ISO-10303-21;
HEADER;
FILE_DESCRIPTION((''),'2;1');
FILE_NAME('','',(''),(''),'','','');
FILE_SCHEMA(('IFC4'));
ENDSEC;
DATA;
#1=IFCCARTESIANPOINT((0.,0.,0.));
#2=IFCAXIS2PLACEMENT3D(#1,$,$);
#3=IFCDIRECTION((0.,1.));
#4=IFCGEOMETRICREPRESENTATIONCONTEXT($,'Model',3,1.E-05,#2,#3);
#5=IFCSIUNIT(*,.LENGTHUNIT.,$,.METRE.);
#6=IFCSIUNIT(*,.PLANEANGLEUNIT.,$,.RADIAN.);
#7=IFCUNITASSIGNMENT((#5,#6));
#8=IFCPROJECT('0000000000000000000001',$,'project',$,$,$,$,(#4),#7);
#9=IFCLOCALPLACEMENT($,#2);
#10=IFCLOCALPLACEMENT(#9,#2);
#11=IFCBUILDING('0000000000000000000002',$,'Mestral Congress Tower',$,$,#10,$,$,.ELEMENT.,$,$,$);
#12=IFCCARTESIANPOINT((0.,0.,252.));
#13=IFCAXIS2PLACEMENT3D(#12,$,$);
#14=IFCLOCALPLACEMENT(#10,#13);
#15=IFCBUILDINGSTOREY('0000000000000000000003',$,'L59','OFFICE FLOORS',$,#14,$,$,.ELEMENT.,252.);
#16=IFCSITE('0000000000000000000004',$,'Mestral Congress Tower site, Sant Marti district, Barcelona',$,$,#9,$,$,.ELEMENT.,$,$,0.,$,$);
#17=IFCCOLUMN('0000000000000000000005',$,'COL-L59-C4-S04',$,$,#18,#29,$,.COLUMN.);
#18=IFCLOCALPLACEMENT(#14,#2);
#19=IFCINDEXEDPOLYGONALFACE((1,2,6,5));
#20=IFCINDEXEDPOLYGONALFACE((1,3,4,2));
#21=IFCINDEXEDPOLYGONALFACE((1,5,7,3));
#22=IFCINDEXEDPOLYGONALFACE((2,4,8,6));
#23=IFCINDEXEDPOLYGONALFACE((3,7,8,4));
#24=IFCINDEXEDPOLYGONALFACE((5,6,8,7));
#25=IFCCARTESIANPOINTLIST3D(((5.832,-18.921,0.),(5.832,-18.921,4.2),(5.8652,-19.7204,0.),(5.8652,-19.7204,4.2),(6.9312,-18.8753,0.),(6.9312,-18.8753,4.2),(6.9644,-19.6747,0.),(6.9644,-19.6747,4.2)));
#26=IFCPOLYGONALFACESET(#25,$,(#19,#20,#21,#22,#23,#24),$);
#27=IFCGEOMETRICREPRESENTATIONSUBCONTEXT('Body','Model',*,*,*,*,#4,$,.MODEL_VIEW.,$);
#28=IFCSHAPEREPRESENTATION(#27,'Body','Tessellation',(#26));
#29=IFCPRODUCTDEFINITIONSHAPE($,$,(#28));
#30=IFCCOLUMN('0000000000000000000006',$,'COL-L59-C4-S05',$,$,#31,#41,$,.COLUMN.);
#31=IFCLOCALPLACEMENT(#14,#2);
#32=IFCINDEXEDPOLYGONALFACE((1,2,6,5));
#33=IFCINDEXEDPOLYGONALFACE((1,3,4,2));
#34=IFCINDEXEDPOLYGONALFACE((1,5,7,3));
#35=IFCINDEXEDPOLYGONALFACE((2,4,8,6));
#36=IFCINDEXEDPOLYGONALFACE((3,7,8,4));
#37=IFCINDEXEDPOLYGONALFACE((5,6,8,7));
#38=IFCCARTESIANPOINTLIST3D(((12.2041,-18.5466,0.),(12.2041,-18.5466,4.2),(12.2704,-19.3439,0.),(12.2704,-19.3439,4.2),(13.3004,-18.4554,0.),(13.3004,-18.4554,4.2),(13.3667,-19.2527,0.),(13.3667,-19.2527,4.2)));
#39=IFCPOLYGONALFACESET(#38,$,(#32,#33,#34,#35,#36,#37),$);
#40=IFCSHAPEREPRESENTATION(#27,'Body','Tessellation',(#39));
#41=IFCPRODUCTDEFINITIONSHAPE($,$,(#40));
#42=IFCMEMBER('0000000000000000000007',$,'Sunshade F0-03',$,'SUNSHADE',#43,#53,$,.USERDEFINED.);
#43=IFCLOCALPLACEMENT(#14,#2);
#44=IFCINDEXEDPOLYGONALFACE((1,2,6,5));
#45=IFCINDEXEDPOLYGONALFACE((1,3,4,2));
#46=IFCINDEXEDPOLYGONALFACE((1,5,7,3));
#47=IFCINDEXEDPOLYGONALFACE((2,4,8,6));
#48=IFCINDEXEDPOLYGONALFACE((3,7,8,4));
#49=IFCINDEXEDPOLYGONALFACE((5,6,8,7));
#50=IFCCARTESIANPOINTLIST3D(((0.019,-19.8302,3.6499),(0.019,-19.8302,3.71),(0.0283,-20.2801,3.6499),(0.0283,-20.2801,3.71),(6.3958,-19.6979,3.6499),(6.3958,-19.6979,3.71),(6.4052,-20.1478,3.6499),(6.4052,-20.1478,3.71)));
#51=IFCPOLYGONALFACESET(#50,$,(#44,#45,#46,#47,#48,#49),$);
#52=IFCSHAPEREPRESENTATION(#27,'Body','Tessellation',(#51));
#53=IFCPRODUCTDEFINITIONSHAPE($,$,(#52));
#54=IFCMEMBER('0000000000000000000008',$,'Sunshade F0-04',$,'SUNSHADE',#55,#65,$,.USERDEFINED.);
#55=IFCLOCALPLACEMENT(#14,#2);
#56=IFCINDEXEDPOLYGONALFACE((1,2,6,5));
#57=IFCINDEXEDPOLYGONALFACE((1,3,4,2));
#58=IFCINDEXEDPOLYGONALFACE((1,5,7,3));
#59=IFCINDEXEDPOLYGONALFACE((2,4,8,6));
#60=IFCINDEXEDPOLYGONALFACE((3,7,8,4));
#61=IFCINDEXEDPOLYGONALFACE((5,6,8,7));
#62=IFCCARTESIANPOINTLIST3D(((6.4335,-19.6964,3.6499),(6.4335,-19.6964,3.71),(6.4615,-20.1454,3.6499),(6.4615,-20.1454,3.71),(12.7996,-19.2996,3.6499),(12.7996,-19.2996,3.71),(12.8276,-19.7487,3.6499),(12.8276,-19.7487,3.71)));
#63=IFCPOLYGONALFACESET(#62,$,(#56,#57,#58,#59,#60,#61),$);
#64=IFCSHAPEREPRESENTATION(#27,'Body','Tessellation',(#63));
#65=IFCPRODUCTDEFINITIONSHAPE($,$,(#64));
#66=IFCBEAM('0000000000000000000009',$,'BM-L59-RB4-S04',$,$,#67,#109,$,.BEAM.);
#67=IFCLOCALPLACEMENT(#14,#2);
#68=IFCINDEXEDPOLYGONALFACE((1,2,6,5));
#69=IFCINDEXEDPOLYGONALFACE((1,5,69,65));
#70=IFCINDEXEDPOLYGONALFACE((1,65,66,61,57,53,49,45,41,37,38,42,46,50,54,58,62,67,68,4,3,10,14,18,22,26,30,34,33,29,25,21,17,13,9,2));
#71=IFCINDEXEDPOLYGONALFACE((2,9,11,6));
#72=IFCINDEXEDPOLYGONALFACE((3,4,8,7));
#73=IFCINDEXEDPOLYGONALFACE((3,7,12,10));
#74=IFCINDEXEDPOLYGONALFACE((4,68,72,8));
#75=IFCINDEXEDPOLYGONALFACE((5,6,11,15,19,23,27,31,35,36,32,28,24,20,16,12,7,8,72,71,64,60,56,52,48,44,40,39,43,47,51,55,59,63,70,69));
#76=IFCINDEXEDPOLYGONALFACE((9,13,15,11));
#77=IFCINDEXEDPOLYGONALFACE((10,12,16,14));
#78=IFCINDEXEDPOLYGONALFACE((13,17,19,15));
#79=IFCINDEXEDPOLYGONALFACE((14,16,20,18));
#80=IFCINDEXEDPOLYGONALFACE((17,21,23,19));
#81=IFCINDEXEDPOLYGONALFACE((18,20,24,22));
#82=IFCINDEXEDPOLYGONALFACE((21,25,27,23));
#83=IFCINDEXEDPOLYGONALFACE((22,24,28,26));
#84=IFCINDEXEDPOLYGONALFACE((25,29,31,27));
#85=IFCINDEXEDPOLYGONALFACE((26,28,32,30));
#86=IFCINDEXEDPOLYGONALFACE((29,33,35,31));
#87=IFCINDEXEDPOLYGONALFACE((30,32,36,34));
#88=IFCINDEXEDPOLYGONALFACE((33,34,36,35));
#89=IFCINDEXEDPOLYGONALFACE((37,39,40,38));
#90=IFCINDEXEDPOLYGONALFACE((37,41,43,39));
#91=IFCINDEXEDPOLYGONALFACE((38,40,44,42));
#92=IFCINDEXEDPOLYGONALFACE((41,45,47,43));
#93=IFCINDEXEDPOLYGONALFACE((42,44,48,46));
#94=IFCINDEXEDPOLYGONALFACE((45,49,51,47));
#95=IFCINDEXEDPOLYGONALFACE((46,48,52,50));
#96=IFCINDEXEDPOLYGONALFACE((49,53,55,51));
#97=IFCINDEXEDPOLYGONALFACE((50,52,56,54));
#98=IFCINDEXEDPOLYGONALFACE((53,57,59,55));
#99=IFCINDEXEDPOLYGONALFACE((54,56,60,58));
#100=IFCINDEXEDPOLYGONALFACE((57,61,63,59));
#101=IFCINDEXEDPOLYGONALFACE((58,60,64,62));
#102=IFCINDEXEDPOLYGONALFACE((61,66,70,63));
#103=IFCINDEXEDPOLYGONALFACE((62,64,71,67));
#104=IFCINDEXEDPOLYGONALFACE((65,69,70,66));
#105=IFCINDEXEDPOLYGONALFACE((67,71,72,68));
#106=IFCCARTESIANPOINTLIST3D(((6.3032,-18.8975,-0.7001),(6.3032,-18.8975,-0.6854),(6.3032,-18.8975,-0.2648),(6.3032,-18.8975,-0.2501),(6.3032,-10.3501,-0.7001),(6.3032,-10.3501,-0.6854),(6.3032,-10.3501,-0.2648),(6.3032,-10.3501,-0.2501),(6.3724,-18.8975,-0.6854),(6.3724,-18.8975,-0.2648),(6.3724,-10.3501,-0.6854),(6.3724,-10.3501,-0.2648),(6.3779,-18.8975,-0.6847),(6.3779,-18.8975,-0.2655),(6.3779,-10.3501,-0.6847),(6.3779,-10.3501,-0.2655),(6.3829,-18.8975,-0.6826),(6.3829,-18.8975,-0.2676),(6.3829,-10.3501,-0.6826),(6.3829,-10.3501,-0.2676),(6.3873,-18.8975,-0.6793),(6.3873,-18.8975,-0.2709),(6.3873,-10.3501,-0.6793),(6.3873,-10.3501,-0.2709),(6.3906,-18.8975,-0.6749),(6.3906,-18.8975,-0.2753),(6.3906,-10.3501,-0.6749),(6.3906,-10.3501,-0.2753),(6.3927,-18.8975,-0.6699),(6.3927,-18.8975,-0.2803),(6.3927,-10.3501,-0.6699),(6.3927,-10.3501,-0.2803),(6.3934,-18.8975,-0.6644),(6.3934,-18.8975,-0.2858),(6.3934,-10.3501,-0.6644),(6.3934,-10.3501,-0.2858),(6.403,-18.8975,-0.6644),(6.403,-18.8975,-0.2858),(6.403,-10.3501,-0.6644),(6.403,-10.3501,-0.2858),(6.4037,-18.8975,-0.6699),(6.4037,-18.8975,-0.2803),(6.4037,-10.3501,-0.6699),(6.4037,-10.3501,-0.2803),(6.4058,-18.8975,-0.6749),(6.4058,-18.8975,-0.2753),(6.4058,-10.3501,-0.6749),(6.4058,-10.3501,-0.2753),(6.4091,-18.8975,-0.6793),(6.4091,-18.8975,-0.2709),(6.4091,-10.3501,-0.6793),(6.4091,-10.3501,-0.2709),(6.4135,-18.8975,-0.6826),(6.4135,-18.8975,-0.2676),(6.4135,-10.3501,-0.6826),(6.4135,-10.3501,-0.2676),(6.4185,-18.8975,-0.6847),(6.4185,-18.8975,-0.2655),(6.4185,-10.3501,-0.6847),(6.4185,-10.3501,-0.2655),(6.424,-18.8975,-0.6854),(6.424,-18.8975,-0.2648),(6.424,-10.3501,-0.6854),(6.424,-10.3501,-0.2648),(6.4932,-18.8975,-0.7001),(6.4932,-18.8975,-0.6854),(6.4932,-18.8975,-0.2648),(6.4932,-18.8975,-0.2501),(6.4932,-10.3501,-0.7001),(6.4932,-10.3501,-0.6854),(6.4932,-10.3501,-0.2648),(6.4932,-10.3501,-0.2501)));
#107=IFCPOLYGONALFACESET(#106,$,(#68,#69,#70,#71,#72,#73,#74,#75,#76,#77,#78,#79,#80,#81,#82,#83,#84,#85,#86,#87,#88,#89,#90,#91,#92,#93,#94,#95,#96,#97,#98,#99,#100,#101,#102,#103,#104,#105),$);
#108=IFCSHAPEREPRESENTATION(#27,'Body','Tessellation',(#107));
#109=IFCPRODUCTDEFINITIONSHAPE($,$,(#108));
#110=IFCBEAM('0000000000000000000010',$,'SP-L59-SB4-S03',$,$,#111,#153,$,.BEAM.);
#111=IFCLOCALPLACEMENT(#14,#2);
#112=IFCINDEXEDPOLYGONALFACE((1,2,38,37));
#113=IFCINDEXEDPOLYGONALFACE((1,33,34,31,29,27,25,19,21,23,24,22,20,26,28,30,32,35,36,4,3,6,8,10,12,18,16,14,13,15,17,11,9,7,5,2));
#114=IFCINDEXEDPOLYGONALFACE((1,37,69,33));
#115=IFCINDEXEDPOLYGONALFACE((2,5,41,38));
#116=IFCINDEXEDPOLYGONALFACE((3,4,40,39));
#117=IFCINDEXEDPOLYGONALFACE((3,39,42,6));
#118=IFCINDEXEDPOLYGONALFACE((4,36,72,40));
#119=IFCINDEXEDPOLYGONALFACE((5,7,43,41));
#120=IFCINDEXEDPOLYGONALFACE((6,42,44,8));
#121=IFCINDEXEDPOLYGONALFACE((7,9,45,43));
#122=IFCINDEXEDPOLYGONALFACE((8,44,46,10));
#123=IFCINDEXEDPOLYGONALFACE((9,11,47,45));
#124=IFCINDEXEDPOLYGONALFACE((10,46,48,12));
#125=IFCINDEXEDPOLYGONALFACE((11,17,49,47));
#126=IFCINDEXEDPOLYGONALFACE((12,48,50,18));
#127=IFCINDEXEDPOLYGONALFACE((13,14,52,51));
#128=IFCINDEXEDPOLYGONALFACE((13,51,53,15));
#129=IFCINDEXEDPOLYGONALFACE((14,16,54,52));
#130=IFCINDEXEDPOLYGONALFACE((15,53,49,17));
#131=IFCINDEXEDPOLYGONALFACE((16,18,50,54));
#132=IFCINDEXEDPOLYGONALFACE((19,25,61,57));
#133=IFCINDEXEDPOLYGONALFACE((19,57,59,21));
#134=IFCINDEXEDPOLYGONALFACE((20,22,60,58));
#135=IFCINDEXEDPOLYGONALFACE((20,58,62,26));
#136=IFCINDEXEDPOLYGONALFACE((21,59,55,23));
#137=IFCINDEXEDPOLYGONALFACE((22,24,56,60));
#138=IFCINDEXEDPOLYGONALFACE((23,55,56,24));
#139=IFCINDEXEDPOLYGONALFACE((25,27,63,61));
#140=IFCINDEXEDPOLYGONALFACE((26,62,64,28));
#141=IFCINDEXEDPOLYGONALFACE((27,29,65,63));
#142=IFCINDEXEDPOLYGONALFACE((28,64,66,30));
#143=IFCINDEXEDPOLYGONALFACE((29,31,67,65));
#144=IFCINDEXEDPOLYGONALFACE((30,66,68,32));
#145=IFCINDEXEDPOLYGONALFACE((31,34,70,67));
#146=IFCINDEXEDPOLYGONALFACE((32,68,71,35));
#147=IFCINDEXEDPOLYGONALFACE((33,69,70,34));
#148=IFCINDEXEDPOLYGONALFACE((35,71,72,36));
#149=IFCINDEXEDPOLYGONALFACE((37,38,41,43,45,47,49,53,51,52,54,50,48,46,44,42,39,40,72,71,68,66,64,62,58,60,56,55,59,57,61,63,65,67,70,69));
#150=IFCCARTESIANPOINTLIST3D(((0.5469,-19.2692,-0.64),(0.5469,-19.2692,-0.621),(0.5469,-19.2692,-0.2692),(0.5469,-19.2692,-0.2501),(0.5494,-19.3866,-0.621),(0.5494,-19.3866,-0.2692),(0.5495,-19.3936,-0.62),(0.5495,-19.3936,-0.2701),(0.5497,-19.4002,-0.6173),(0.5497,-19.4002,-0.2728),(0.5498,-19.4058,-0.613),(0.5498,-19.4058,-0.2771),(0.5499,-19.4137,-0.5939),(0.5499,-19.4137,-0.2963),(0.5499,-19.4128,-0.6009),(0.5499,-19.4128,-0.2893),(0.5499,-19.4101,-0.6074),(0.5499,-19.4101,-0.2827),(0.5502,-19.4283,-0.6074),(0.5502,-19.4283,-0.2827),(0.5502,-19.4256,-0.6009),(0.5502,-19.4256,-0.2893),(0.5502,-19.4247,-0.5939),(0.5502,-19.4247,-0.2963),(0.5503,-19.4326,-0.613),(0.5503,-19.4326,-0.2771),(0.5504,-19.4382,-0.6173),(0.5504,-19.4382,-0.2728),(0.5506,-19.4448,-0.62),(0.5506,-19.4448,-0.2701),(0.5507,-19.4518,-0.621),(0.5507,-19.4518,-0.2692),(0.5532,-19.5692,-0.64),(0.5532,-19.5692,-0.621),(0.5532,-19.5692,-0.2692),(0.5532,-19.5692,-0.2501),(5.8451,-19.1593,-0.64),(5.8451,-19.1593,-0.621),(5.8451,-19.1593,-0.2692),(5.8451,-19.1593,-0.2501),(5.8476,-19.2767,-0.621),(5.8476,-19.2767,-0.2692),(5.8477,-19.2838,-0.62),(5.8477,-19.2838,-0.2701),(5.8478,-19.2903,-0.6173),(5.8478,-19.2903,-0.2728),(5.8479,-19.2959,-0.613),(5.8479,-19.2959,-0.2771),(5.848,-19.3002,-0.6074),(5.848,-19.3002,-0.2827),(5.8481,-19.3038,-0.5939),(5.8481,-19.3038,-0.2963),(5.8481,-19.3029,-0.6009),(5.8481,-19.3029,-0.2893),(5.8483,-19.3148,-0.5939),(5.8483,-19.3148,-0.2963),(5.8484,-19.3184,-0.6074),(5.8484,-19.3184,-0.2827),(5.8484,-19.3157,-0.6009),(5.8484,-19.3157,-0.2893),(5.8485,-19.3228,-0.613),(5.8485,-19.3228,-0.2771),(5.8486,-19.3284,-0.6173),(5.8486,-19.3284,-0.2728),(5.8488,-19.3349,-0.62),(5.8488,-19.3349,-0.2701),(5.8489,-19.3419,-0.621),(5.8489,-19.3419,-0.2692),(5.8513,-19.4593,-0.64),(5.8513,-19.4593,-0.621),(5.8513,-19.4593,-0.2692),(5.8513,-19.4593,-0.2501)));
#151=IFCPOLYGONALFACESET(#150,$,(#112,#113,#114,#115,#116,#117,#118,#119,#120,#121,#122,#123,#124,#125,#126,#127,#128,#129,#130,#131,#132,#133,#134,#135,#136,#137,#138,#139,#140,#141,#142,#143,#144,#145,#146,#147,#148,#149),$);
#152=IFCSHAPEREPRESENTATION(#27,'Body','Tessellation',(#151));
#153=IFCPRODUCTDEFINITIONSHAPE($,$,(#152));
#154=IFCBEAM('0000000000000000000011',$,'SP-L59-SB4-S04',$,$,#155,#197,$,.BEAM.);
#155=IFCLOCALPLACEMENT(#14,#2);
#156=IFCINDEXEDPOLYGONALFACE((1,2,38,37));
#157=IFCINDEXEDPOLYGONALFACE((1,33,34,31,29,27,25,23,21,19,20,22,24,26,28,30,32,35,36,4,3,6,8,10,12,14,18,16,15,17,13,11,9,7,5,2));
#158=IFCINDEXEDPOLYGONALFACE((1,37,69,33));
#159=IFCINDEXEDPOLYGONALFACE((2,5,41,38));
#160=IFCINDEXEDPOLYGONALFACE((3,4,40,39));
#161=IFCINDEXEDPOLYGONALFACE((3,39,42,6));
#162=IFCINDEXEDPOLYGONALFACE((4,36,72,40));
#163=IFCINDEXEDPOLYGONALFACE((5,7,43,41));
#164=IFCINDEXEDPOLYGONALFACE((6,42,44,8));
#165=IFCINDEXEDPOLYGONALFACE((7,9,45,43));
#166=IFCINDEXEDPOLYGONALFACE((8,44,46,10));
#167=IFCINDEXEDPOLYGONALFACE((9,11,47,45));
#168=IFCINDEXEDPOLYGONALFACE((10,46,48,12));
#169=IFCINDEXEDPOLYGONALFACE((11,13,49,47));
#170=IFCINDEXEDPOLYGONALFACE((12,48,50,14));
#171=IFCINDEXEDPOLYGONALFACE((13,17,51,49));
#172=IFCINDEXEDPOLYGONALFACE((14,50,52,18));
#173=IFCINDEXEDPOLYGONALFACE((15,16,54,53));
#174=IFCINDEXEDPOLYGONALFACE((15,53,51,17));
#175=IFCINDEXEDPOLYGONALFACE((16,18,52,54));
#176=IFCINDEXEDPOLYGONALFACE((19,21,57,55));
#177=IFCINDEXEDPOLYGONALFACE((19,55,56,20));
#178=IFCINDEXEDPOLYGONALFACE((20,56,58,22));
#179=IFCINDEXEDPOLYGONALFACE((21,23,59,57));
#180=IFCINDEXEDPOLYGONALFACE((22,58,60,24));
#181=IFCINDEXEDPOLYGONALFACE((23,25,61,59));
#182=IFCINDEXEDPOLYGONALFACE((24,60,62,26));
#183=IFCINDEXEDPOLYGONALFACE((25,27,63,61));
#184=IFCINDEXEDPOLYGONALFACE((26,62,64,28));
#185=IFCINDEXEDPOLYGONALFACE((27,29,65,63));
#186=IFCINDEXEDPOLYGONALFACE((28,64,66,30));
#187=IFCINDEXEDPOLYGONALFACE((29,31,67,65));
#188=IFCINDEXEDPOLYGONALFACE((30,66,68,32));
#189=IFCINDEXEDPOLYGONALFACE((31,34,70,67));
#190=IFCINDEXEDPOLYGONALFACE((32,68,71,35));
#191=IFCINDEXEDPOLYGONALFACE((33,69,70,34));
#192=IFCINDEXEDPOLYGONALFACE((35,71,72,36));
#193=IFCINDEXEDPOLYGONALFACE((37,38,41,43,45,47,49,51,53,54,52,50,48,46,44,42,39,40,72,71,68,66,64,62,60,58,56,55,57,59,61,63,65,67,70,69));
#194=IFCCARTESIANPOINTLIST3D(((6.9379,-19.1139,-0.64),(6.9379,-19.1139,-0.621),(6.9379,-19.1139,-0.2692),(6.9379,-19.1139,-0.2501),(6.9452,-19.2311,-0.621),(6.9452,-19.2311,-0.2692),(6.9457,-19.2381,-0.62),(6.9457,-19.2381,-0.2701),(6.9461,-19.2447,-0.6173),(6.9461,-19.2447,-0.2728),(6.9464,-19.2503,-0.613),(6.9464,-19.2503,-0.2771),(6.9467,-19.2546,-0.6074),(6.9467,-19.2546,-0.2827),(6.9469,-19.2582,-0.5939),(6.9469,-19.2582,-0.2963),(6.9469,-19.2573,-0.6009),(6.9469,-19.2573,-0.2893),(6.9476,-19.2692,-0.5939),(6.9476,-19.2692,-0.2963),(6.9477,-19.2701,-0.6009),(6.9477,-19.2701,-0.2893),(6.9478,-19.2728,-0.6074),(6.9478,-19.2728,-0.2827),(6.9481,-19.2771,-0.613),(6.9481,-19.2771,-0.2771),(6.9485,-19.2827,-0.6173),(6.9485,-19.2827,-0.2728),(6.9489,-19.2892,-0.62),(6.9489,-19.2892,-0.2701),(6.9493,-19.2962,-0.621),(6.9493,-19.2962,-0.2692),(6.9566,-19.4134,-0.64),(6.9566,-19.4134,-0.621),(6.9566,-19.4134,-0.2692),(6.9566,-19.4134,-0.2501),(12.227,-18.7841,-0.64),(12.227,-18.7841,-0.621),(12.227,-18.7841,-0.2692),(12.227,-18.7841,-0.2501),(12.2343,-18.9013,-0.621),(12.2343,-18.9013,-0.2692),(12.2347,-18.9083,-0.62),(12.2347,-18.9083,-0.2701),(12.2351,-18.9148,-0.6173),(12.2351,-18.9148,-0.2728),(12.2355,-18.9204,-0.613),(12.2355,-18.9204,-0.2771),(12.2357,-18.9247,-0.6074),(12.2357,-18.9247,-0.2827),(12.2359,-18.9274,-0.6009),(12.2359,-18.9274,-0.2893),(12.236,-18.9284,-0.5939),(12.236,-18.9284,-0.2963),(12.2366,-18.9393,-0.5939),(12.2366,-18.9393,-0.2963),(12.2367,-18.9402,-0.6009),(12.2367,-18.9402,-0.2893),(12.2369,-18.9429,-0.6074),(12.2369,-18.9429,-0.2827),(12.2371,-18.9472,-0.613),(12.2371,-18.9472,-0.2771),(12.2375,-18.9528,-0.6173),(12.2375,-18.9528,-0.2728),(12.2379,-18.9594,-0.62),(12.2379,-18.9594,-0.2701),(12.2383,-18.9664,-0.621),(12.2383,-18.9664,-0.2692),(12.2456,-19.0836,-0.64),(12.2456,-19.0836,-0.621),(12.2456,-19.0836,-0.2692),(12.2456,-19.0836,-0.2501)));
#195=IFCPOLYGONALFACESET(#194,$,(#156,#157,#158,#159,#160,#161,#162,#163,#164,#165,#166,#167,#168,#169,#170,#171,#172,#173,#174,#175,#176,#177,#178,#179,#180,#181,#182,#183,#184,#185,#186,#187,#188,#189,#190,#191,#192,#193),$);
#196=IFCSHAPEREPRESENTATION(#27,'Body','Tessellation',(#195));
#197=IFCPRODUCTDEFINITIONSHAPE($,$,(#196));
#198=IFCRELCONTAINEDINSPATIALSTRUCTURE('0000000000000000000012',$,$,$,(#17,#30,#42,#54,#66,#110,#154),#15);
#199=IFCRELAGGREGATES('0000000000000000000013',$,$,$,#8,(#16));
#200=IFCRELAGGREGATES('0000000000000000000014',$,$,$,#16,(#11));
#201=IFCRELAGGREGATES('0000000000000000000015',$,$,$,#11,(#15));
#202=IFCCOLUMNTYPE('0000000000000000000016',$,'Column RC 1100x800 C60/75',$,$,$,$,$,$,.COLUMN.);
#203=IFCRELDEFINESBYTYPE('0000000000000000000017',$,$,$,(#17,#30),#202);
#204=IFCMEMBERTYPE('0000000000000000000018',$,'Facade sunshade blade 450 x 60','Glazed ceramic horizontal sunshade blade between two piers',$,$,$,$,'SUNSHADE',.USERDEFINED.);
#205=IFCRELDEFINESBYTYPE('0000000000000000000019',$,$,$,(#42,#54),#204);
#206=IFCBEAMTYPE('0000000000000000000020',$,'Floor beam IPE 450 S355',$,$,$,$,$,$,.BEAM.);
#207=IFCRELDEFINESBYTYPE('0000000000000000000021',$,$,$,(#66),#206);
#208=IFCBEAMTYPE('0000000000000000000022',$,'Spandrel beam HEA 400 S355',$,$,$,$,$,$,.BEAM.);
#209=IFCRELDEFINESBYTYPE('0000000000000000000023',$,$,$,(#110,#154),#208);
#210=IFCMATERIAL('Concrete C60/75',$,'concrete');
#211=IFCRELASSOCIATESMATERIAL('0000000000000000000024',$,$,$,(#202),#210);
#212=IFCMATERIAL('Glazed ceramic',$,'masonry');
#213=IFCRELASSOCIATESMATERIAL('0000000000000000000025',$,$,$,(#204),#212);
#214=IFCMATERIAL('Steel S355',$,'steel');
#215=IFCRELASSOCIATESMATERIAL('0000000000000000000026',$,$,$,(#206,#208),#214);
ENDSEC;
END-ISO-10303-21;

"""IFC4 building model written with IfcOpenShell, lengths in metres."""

from ifc_helpers import new_model, si_unit, direction, frame, origin, origin_2d, place, context, subcontext, project, spatial, rectangle, i_section, extrude, material, material_profile, profile_set, type_object, element, save


model = new_model("IFC4")

# Units and contexts
model_context = context("Model", 3, precision=1e-05, world=origin(), true_north=direction((0.0, 1.0)))
body_context = subcontext(model_context, "Body", "Model", "MODEL_VIEW")
ifc_project = project(units=[si_unit("LENGTHUNIT", "METRE"), si_unit("PLANEANGLEUNIT", "RADIAN")], contexts=[model_context])

# Site, building, storey
site_placement = place(None, origin())
site = spatial("IfcSite", under=ifc_project, at=site_placement, Name="Mestral Congress Tower site, Sant Marti district, Barcelona", CompositionType="ELEMENT", RefElevation=0.0)
building_placement = place(site_placement, origin())
building = spatial("IfcBuilding", under=site, at=building_placement, Name="Mestral Congress Tower", CompositionType="ELEMENT")
storey_placement = place(building_placement, frame((0.0, 0.0, 252.0)))
storey = spatial("IfcBuildingStorey", under=building, at=storey_placement, Name="L59", Description="OFFICE FLOORS", CompositionType="ELEMENT", Elevation=252.0)

# Columns
ifc_material_1 = material(Name="Concrete C60/75", Category="concrete")
ifc_material_profile_1 = material_profile(ifc_material_1, rectangle(XDim=1.1001, YDim=0.8, at=origin_2d()), Name="RC 1100x800")
ifc_profile_set_1 = profile_set([ifc_material_profile_1], Name="Concrete C60/75")
column_type = type_object("IfcColumnType", Name="Column RC 1100x800 C60/75", PredefinedType="COLUMN", material=ifc_profile_set_1)
for number, where, z_axis, x_axis, name in (
    (1, (6.3982, -19.2979, 0.0), (0.0, 0.0, 1.0), (0.999139, 0.041492, 0.0), "COL-L59-C4-S04"),
    (2, (12.7854, -18.8997, 0.0), (0.0, 0.0, 1.0), (0.996557, 0.082914, 0.0), "COL-L59-C4-S05"),
):
    element("IfcColumn", number, at=place(storey_placement, frame(where, z_axis=z_axis, x_axis=x_axis)), inside=storey, type_object=column_type, Name=name, PredefinedType="COLUMN", context=body_context, shape_type="SweptSolid", body=[
        extrude(rectangle(XDim=1.1001, YDim=0.8, at=origin_2d()), origin(), (0.0, 0.0, 1.0), 4.2),
    ])

# Members
ifc_material_2 = material(Name="Glazed ceramic", Category="masonry")
ifc_material_profile_2 = material_profile(ifc_material_2, rectangle(XDim=0.45, YDim=0.0601, at=origin_2d()), Name="Ceramic blade 450 x 60")
ifc_profile_set_2 = profile_set([ifc_material_profile_2], Name="Glazed ceramic")
member_type = type_object("IfcMemberType", Name="Facade sunshade blade 450 x 60", Description="Glazed ceramic horizontal sunshade blade between two piers", ElementType="SUNSHADE", PredefinedType="USERDEFINED", material=ifc_profile_set_2)
member_1_placement = place(storey_placement, frame((0.0237, -20.0552, 3.6799), z_axis=(0.999785, 0.020747, 0.0), x_axis=(-0.020747, 0.999785, 0.0)))
element("IfcMember", 3, at=member_1_placement, inside=storey, type_object=member_type, Name="Sunshade F0-03", ObjectType="SUNSHADE", PredefinedType="USERDEFINED", context=body_context, shape_type="SweptSolid", body=[
    extrude(rectangle(XDim=0.45, YDim=0.0601, at=origin_2d()), origin(), (0.0, 0.0, 1.0), 6.3782),
])
member_2_placement = place(storey_placement, frame((6.4475, -19.9209, 3.6799), z_axis=(0.998064, 0.0622, 0.0), x_axis=(-0.0622, 0.998064, 0.0)))
element("IfcMember", 4, at=member_2_placement, inside=storey, type_object=member_type, Name="Sunshade F0-04", ObjectType="SUNSHADE", PredefinedType="USERDEFINED", context=body_context, shape_type="SweptSolid", body=[
    extrude(rectangle(XDim=0.45, YDim=0.0601, at=origin_2d()), origin(), (0.0, 0.0, 1.0), 6.3784),
])

# Beams
ifc_material_3 = material(Name="Steel S355", Category="steel")
ifc_material_profile_3 = material_profile(ifc_material_3, i_section(OverallWidth=0.1899, OverallDepth=0.45, WebThickness=0.0095, FlangeThickness=0.0146, FilletRadius=0.021, at=origin_2d()), Name="IPE 450")
ifc_profile_set_3 = profile_set([ifc_material_profile_3], Name="Steel S355")
beam_type_1 = type_object("IfcBeamType", Name="Floor beam IPE 450 S355", PredefinedType="BEAM", material=ifc_profile_set_3)
beam_placement = place(storey_placement, frame((6.3982, -18.8975, -0.4751), z_axis=(0.0, 1.0, 0.0), x_axis=(-1.0, 0.0, 0.0)))
element("IfcBeam", 5, at=beam_placement, inside=storey, type_object=beam_type_1, Name="BM-L59-RB4-S04", PredefinedType="BEAM", context=body_context, shape_type="SweptSolid", body=[
    extrude(i_section(OverallWidth=0.1899, OverallDepth=0.45, WebThickness=0.0095, FlangeThickness=0.0146, FilletRadius=0.021, at=origin_2d()), origin(), (0.0, 0.0, 1.0), 8.5474),
])
ifc_material_profile_4 = material_profile(ifc_material_3, i_section(OverallWidth=0.3, OverallDepth=0.3899, WebThickness=0.011, FlangeThickness=0.019, FilletRadius=0.0271, at=origin_2d()), Name="HEA 400")
ifc_profile_set_4 = profile_set([ifc_material_profile_4], Name="Steel S355")
beam_type_2 = type_object("IfcBeamType", Name="Spandrel beam HEA 400 S355", PredefinedType="BEAM", material=ifc_profile_set_4)
for number, where, z_axis, x_axis, name in (
    (6, (0.55, -19.4192, -0.4451), (0.999785, 0.020732, 0.0), (-0.020732, 0.999785, 0.0), "SP-L59-SB4-S03"),
    (7, (6.9473, -19.2637, -0.4451), (0.998061, 0.062241, 0.0), (-0.062241, 0.998061, 0.0), "SP-L59-SB4-S04"),
):
    element("IfcBeam", number, at=place(storey_placement, frame(where, z_axis=z_axis, x_axis=x_axis)), inside=storey, type_object=beam_type_2, Name=name, PredefinedType="BEAM", context=body_context, shape_type="SweptSolid", body=[
        extrude(i_section(OverallWidth=0.3, OverallDepth=0.3899, WebThickness=0.011, FlangeThickness=0.019, FilletRadius=0.0271, at=origin_2d()), origin(), (0.0, 0.0, 1.0), 5.2993),
    ])

save(model, "model.ifc")
